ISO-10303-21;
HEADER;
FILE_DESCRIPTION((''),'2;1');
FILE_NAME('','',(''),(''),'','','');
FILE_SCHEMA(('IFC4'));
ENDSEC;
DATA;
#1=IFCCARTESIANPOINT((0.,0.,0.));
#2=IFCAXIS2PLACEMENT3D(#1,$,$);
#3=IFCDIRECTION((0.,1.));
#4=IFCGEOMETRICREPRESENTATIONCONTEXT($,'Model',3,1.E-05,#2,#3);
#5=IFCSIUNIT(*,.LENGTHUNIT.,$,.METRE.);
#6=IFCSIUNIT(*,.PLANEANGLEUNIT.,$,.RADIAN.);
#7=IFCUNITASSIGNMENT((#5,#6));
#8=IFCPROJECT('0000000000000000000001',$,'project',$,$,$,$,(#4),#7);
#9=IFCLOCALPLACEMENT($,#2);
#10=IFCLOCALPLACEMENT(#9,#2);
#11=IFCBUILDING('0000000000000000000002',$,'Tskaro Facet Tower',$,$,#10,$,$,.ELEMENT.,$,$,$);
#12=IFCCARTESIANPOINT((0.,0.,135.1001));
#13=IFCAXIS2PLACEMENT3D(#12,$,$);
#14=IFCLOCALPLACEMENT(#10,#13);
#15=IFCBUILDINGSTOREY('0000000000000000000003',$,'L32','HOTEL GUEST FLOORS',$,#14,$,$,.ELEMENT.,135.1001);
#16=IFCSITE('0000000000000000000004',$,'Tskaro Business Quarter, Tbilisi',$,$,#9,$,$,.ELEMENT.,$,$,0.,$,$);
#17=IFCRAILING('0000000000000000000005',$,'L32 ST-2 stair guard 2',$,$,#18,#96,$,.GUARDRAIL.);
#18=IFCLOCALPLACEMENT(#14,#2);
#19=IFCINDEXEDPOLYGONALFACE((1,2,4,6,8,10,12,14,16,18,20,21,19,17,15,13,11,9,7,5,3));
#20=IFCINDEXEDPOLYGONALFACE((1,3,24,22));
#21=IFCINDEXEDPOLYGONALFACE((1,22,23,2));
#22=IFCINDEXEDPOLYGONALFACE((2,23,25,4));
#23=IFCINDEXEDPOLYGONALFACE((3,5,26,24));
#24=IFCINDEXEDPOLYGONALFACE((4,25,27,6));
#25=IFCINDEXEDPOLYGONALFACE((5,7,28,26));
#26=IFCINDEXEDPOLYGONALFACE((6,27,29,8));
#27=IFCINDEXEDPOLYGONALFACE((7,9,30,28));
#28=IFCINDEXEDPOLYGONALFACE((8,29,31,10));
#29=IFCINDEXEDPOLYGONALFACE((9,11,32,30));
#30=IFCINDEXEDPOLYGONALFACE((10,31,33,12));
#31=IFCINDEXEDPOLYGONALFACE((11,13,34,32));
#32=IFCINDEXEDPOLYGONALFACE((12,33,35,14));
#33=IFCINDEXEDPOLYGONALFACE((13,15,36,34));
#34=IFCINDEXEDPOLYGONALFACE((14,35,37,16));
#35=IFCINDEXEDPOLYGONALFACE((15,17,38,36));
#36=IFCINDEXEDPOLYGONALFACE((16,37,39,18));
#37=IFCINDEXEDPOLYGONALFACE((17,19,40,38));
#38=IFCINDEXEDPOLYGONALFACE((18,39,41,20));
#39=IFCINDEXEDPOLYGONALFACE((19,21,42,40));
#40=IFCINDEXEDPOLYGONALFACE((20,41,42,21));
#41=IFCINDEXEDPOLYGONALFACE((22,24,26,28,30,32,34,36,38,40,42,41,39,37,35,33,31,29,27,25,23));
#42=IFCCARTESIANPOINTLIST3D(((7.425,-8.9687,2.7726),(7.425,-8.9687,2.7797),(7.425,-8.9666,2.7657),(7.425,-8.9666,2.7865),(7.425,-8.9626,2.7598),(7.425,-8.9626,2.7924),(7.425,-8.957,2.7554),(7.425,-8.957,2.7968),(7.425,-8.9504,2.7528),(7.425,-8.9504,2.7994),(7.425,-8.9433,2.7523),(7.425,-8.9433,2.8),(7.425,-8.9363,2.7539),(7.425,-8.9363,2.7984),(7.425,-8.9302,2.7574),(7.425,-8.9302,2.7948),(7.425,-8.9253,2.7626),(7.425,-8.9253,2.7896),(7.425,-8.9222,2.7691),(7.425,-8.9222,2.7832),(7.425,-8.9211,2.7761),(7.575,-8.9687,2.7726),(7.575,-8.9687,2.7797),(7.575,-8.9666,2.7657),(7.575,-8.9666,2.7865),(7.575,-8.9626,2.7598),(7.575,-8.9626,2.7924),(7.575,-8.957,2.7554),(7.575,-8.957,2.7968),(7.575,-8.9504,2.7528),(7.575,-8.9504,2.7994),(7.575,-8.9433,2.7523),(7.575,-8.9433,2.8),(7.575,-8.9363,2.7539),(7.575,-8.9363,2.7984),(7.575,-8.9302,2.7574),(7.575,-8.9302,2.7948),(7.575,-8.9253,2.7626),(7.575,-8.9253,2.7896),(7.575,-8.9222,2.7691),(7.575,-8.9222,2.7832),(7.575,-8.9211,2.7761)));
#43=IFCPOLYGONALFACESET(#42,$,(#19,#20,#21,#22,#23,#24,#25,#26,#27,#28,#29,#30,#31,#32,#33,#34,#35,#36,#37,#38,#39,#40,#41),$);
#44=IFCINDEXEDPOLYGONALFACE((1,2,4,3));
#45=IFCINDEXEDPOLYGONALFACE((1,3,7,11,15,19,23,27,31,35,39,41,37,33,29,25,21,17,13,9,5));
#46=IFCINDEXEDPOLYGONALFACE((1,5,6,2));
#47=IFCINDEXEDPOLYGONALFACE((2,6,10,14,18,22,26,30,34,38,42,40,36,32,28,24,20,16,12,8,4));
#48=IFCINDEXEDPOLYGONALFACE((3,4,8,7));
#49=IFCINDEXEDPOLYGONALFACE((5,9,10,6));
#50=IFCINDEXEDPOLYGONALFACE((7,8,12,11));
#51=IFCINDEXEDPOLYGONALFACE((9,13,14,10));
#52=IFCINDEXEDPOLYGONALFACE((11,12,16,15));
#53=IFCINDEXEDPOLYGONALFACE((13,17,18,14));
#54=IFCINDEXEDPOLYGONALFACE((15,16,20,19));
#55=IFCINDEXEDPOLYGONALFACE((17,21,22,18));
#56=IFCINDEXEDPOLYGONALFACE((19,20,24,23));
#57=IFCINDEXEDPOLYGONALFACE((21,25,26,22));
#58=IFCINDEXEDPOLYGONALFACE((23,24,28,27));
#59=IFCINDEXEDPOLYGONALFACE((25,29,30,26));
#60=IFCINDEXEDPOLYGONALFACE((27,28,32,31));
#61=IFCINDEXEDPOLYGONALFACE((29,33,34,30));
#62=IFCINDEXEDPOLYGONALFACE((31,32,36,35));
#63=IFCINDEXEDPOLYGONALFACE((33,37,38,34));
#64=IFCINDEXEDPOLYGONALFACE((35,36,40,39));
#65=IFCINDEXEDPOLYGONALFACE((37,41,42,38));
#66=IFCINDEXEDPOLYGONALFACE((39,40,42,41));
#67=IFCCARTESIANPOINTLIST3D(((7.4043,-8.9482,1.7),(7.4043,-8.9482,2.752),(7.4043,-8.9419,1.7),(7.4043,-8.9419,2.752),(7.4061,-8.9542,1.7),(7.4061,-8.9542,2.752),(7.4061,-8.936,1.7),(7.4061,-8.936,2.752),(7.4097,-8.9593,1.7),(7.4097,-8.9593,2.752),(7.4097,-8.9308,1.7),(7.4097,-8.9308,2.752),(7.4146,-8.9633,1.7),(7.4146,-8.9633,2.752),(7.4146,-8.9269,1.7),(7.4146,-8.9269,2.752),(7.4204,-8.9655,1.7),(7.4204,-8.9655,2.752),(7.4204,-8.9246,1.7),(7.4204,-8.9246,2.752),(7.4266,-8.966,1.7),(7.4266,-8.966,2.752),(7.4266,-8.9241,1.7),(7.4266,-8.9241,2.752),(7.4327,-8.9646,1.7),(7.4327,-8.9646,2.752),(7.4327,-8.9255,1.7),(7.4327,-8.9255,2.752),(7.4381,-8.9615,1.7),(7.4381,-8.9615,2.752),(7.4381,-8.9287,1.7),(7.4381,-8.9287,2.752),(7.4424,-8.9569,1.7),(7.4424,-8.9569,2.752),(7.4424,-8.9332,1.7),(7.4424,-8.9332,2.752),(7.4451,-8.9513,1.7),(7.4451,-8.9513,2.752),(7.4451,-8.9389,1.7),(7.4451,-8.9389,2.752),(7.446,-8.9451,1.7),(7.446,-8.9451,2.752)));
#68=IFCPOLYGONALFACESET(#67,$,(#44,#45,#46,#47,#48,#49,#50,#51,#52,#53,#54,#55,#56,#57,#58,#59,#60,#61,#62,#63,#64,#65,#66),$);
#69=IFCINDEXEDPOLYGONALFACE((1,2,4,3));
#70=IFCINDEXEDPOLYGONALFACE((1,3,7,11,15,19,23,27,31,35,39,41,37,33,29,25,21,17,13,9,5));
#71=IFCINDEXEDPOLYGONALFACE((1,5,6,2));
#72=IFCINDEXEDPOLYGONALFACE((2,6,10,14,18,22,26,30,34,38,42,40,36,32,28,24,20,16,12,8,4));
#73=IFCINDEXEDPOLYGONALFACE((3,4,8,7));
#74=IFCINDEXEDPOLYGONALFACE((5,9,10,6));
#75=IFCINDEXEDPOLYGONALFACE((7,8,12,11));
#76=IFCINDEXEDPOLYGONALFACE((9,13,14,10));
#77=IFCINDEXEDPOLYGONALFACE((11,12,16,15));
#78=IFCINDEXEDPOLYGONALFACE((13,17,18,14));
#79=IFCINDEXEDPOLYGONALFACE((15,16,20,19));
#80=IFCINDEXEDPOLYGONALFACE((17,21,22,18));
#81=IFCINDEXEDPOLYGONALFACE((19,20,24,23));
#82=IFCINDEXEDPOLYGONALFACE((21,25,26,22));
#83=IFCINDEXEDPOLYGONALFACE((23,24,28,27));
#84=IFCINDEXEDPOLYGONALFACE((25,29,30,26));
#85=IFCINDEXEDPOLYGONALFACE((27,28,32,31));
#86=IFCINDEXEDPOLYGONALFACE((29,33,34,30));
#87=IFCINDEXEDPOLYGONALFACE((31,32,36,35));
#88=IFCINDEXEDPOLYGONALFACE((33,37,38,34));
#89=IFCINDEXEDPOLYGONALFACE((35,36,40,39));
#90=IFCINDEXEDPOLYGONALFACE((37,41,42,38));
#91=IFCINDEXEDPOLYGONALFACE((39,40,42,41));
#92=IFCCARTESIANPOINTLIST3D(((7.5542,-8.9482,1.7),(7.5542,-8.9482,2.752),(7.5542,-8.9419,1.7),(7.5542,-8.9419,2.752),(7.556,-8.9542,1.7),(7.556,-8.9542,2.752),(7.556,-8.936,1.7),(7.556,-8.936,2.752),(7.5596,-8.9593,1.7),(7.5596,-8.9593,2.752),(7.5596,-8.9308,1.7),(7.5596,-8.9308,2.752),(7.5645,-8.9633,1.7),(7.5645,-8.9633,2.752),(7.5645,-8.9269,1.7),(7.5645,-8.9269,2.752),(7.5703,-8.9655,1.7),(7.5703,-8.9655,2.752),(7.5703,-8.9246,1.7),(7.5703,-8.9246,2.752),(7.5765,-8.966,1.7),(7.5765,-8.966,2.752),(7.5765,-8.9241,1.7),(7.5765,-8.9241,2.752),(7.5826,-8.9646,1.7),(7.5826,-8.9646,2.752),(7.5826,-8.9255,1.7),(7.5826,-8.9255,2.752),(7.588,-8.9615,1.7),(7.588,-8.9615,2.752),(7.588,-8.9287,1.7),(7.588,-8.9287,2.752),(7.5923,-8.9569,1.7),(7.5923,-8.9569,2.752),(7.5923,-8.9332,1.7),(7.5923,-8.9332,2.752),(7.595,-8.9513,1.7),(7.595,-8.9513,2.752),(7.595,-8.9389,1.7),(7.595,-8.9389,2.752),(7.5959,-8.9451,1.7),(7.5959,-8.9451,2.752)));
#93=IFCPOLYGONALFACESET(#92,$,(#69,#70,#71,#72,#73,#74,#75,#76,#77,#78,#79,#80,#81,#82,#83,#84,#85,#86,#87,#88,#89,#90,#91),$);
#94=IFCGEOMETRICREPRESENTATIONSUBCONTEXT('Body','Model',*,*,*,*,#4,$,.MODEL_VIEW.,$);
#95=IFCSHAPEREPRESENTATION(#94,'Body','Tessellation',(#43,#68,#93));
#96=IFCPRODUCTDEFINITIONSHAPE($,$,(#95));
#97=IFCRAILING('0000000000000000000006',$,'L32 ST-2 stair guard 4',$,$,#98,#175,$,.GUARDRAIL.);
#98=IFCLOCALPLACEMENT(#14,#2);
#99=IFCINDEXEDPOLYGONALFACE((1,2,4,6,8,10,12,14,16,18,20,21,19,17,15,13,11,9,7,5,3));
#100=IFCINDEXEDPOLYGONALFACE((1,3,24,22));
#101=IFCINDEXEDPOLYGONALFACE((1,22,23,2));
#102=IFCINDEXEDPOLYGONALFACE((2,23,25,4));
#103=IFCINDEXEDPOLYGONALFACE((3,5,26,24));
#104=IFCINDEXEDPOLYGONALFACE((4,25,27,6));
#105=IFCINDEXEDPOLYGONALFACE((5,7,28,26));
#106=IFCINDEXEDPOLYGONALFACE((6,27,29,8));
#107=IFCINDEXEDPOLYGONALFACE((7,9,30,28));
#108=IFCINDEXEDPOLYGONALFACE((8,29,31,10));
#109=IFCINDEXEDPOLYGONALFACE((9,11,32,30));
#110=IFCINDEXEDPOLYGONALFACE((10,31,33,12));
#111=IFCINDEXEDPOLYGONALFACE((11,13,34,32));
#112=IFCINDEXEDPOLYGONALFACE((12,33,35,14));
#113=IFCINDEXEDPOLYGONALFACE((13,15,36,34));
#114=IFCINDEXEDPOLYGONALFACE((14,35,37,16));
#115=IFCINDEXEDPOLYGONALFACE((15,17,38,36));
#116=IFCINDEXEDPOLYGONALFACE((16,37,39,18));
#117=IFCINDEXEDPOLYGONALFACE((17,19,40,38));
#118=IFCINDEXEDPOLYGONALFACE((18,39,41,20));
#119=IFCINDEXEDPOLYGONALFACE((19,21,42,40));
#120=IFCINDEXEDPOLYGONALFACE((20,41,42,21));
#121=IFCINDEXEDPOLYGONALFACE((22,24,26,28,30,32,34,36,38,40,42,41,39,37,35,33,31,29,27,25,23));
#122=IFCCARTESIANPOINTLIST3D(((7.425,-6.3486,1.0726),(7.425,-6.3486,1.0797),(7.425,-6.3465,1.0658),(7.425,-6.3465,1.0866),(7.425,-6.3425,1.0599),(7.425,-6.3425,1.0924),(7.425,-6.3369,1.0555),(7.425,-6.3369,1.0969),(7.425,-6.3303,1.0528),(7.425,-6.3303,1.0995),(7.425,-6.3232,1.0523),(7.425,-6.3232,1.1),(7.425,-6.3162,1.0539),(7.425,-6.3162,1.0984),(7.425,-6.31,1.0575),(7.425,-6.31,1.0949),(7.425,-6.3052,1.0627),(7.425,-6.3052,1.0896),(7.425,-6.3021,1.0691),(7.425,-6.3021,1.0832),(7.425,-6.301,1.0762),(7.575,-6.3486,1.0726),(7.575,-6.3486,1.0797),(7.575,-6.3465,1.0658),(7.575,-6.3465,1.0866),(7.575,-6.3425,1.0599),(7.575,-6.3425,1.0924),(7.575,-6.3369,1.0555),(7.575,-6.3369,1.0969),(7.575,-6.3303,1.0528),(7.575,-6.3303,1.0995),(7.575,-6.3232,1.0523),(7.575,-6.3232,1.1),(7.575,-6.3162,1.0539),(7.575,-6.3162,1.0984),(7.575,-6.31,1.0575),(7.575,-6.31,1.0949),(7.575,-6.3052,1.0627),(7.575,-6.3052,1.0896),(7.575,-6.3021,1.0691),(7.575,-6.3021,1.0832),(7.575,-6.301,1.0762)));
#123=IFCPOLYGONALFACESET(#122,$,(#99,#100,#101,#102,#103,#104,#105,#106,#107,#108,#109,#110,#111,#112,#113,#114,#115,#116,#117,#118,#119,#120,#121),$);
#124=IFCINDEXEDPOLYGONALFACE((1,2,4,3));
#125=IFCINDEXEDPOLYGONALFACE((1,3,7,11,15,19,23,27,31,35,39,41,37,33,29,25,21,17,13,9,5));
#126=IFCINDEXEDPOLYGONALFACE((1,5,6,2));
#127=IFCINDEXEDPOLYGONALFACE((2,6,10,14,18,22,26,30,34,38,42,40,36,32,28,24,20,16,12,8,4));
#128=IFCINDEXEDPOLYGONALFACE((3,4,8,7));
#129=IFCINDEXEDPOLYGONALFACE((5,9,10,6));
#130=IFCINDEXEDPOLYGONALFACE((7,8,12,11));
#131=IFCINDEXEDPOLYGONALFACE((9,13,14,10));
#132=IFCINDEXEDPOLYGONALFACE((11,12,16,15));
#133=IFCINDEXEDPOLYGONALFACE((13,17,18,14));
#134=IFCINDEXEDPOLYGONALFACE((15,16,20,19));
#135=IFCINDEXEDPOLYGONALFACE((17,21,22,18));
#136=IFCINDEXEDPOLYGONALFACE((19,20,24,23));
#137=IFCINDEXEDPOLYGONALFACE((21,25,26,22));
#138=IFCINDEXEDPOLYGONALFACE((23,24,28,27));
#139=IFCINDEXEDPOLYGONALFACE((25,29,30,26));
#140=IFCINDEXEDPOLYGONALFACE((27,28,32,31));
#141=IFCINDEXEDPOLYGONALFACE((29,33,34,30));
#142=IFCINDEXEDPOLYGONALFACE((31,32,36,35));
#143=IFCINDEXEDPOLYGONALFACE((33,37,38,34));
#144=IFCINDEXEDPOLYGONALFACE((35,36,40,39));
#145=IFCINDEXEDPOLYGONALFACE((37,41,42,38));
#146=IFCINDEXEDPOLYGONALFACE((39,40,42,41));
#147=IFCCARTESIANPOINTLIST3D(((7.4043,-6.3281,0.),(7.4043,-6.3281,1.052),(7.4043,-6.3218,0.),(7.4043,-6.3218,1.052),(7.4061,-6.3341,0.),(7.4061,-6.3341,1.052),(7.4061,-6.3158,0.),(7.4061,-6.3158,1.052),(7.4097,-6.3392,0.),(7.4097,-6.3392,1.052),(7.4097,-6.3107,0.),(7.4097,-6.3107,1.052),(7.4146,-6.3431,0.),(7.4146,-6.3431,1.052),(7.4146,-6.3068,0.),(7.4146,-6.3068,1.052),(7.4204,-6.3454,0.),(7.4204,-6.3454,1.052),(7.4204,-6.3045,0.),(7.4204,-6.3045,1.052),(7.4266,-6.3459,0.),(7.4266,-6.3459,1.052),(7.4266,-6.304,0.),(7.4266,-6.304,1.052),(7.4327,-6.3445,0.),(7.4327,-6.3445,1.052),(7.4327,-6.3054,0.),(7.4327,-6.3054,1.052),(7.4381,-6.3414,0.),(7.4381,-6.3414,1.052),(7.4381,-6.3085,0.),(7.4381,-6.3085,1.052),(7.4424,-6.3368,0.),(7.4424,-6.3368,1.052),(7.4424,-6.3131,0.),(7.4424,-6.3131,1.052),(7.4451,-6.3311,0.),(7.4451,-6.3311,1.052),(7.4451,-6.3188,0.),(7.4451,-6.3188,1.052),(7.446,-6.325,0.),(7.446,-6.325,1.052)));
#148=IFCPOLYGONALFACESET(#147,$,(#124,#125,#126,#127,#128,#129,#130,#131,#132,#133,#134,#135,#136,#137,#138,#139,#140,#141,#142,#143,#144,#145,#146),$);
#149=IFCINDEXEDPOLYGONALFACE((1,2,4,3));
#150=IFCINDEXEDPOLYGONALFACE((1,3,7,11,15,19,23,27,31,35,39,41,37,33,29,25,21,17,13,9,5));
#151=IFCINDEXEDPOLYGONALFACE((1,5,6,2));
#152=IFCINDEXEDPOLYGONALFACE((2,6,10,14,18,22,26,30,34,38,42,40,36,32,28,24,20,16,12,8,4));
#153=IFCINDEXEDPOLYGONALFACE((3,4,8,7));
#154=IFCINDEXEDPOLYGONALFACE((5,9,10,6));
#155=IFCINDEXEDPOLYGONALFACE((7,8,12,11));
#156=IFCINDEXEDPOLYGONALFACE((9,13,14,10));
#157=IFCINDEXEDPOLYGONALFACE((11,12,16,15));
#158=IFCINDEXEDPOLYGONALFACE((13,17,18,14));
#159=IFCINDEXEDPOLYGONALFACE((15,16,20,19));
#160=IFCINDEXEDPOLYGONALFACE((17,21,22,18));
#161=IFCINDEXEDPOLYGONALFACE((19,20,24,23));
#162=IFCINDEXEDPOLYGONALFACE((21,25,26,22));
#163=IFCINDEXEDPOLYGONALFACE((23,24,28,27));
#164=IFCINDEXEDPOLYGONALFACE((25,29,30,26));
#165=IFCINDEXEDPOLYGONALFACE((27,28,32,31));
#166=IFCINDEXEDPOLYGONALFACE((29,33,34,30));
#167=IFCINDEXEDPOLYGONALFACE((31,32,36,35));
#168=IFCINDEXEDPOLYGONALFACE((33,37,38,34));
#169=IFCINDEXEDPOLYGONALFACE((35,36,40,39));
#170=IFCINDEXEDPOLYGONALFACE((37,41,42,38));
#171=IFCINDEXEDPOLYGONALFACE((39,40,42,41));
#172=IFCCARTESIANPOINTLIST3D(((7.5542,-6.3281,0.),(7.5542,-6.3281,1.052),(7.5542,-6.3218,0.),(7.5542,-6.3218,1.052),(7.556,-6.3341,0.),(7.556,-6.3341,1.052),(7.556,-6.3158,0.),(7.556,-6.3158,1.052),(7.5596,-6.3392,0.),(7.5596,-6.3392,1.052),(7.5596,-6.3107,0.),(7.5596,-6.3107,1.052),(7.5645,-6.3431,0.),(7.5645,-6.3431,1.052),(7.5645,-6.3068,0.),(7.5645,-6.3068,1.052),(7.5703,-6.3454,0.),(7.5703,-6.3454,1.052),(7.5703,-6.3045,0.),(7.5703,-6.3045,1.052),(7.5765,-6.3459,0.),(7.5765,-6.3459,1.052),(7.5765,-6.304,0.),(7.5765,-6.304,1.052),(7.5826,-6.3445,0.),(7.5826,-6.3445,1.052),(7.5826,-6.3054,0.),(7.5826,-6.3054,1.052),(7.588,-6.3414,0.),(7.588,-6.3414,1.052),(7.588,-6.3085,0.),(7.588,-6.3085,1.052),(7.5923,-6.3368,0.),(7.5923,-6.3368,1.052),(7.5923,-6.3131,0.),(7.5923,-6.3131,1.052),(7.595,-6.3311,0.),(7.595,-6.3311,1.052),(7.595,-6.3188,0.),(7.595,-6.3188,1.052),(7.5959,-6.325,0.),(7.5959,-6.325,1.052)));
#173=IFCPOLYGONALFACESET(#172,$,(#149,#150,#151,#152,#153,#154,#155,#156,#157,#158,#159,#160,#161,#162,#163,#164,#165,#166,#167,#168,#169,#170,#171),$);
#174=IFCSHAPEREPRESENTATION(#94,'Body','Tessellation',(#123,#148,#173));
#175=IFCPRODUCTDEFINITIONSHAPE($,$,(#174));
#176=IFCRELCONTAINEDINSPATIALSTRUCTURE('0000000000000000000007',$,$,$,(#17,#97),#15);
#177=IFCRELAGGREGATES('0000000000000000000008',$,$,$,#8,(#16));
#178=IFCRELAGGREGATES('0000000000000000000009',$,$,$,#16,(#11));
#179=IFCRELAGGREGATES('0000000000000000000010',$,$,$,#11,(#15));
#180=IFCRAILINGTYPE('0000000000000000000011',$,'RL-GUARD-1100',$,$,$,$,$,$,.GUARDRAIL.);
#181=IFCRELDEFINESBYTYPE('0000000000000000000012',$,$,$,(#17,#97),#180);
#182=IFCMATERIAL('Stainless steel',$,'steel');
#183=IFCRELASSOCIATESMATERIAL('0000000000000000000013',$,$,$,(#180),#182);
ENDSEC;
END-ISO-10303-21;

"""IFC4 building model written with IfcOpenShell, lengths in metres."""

from ifc_helpers import new_model, si_unit, direction, frame, origin, origin_2d, place, context, subcontext, project, spatial, circle, extrude, material, type_object, element, save


model = new_model("IFC4")

# Units and contexts
model_context = context("Model", 3, precision=1e-05, world=origin(), true_north=direction((0.0, 1.0)))
body_context = subcontext(model_context, "Body", "Model", "MODEL_VIEW")
ifc_project = project(units=[si_unit("LENGTHUNIT", "METRE"), si_unit("PLANEANGLEUNIT", "RADIAN")], contexts=[model_context])

# Site, building, storey
site_placement = place(None, origin())
site = spatial("IfcSite", under=ifc_project, at=site_placement, Name="Tskaro Business Quarter, Tbilisi", CompositionType="ELEMENT", RefElevation=0.0)
building_placement = place(site_placement, origin())
building = spatial("IfcBuilding", under=site, at=building_placement, Name="Tskaro Facet Tower", CompositionType="ELEMENT")
storey_placement = place(building_placement, frame((0.0, 0.0, 135.1001)))
storey = spatial("IfcBuildingStorey", under=building, at=storey_placement, Name="L32", Description="HOTEL GUEST FLOORS", CompositionType="ELEMENT", Elevation=135.1001)

# Railings
ifc_material_1 = material(Name="Stainless steel", Category="steel")
railing_type_1 = type_object("IfcRailingType", Name="RL-GUARD-1100", PredefinedType="GUARDRAIL", material=ifc_material_1)
for number, where, name in (
    (1, (7.425, -8.9451, 1.7), "L32 ST-2 stair guard 2"),
    (2, (7.425, -6.325, 0.0), "L32 ST-2 stair guard 4"),
):
    element("IfcRailing", number, at=place(storey_placement, frame(where)), inside=storey, type_object=railing_type_1, Name=name, PredefinedType="GUARDRAIL", context=body_context, shape_type="SweptSolid", body=[
        extrude(circle(Radius=0.0239, at=origin_2d()), frame((0.0, 0.0, 1.0762), z_axis=(1.0, 0.0, 0.0), x_axis=(0.0, 1.0, 0.0)), (0.0, 0.0, 1.0), 0.1499),
        extrude(circle(Radius=0.021, at=origin_2d()), origin(), (0.0, 0.0, 1.0), 1.052),
        extrude(circle(Radius=0.021, at=origin_2d()), frame((0.1499, 0.0, 0.0)), (0.0, 0.0, 1.0), 1.052),
    ])

save(model, "model.ifc")
